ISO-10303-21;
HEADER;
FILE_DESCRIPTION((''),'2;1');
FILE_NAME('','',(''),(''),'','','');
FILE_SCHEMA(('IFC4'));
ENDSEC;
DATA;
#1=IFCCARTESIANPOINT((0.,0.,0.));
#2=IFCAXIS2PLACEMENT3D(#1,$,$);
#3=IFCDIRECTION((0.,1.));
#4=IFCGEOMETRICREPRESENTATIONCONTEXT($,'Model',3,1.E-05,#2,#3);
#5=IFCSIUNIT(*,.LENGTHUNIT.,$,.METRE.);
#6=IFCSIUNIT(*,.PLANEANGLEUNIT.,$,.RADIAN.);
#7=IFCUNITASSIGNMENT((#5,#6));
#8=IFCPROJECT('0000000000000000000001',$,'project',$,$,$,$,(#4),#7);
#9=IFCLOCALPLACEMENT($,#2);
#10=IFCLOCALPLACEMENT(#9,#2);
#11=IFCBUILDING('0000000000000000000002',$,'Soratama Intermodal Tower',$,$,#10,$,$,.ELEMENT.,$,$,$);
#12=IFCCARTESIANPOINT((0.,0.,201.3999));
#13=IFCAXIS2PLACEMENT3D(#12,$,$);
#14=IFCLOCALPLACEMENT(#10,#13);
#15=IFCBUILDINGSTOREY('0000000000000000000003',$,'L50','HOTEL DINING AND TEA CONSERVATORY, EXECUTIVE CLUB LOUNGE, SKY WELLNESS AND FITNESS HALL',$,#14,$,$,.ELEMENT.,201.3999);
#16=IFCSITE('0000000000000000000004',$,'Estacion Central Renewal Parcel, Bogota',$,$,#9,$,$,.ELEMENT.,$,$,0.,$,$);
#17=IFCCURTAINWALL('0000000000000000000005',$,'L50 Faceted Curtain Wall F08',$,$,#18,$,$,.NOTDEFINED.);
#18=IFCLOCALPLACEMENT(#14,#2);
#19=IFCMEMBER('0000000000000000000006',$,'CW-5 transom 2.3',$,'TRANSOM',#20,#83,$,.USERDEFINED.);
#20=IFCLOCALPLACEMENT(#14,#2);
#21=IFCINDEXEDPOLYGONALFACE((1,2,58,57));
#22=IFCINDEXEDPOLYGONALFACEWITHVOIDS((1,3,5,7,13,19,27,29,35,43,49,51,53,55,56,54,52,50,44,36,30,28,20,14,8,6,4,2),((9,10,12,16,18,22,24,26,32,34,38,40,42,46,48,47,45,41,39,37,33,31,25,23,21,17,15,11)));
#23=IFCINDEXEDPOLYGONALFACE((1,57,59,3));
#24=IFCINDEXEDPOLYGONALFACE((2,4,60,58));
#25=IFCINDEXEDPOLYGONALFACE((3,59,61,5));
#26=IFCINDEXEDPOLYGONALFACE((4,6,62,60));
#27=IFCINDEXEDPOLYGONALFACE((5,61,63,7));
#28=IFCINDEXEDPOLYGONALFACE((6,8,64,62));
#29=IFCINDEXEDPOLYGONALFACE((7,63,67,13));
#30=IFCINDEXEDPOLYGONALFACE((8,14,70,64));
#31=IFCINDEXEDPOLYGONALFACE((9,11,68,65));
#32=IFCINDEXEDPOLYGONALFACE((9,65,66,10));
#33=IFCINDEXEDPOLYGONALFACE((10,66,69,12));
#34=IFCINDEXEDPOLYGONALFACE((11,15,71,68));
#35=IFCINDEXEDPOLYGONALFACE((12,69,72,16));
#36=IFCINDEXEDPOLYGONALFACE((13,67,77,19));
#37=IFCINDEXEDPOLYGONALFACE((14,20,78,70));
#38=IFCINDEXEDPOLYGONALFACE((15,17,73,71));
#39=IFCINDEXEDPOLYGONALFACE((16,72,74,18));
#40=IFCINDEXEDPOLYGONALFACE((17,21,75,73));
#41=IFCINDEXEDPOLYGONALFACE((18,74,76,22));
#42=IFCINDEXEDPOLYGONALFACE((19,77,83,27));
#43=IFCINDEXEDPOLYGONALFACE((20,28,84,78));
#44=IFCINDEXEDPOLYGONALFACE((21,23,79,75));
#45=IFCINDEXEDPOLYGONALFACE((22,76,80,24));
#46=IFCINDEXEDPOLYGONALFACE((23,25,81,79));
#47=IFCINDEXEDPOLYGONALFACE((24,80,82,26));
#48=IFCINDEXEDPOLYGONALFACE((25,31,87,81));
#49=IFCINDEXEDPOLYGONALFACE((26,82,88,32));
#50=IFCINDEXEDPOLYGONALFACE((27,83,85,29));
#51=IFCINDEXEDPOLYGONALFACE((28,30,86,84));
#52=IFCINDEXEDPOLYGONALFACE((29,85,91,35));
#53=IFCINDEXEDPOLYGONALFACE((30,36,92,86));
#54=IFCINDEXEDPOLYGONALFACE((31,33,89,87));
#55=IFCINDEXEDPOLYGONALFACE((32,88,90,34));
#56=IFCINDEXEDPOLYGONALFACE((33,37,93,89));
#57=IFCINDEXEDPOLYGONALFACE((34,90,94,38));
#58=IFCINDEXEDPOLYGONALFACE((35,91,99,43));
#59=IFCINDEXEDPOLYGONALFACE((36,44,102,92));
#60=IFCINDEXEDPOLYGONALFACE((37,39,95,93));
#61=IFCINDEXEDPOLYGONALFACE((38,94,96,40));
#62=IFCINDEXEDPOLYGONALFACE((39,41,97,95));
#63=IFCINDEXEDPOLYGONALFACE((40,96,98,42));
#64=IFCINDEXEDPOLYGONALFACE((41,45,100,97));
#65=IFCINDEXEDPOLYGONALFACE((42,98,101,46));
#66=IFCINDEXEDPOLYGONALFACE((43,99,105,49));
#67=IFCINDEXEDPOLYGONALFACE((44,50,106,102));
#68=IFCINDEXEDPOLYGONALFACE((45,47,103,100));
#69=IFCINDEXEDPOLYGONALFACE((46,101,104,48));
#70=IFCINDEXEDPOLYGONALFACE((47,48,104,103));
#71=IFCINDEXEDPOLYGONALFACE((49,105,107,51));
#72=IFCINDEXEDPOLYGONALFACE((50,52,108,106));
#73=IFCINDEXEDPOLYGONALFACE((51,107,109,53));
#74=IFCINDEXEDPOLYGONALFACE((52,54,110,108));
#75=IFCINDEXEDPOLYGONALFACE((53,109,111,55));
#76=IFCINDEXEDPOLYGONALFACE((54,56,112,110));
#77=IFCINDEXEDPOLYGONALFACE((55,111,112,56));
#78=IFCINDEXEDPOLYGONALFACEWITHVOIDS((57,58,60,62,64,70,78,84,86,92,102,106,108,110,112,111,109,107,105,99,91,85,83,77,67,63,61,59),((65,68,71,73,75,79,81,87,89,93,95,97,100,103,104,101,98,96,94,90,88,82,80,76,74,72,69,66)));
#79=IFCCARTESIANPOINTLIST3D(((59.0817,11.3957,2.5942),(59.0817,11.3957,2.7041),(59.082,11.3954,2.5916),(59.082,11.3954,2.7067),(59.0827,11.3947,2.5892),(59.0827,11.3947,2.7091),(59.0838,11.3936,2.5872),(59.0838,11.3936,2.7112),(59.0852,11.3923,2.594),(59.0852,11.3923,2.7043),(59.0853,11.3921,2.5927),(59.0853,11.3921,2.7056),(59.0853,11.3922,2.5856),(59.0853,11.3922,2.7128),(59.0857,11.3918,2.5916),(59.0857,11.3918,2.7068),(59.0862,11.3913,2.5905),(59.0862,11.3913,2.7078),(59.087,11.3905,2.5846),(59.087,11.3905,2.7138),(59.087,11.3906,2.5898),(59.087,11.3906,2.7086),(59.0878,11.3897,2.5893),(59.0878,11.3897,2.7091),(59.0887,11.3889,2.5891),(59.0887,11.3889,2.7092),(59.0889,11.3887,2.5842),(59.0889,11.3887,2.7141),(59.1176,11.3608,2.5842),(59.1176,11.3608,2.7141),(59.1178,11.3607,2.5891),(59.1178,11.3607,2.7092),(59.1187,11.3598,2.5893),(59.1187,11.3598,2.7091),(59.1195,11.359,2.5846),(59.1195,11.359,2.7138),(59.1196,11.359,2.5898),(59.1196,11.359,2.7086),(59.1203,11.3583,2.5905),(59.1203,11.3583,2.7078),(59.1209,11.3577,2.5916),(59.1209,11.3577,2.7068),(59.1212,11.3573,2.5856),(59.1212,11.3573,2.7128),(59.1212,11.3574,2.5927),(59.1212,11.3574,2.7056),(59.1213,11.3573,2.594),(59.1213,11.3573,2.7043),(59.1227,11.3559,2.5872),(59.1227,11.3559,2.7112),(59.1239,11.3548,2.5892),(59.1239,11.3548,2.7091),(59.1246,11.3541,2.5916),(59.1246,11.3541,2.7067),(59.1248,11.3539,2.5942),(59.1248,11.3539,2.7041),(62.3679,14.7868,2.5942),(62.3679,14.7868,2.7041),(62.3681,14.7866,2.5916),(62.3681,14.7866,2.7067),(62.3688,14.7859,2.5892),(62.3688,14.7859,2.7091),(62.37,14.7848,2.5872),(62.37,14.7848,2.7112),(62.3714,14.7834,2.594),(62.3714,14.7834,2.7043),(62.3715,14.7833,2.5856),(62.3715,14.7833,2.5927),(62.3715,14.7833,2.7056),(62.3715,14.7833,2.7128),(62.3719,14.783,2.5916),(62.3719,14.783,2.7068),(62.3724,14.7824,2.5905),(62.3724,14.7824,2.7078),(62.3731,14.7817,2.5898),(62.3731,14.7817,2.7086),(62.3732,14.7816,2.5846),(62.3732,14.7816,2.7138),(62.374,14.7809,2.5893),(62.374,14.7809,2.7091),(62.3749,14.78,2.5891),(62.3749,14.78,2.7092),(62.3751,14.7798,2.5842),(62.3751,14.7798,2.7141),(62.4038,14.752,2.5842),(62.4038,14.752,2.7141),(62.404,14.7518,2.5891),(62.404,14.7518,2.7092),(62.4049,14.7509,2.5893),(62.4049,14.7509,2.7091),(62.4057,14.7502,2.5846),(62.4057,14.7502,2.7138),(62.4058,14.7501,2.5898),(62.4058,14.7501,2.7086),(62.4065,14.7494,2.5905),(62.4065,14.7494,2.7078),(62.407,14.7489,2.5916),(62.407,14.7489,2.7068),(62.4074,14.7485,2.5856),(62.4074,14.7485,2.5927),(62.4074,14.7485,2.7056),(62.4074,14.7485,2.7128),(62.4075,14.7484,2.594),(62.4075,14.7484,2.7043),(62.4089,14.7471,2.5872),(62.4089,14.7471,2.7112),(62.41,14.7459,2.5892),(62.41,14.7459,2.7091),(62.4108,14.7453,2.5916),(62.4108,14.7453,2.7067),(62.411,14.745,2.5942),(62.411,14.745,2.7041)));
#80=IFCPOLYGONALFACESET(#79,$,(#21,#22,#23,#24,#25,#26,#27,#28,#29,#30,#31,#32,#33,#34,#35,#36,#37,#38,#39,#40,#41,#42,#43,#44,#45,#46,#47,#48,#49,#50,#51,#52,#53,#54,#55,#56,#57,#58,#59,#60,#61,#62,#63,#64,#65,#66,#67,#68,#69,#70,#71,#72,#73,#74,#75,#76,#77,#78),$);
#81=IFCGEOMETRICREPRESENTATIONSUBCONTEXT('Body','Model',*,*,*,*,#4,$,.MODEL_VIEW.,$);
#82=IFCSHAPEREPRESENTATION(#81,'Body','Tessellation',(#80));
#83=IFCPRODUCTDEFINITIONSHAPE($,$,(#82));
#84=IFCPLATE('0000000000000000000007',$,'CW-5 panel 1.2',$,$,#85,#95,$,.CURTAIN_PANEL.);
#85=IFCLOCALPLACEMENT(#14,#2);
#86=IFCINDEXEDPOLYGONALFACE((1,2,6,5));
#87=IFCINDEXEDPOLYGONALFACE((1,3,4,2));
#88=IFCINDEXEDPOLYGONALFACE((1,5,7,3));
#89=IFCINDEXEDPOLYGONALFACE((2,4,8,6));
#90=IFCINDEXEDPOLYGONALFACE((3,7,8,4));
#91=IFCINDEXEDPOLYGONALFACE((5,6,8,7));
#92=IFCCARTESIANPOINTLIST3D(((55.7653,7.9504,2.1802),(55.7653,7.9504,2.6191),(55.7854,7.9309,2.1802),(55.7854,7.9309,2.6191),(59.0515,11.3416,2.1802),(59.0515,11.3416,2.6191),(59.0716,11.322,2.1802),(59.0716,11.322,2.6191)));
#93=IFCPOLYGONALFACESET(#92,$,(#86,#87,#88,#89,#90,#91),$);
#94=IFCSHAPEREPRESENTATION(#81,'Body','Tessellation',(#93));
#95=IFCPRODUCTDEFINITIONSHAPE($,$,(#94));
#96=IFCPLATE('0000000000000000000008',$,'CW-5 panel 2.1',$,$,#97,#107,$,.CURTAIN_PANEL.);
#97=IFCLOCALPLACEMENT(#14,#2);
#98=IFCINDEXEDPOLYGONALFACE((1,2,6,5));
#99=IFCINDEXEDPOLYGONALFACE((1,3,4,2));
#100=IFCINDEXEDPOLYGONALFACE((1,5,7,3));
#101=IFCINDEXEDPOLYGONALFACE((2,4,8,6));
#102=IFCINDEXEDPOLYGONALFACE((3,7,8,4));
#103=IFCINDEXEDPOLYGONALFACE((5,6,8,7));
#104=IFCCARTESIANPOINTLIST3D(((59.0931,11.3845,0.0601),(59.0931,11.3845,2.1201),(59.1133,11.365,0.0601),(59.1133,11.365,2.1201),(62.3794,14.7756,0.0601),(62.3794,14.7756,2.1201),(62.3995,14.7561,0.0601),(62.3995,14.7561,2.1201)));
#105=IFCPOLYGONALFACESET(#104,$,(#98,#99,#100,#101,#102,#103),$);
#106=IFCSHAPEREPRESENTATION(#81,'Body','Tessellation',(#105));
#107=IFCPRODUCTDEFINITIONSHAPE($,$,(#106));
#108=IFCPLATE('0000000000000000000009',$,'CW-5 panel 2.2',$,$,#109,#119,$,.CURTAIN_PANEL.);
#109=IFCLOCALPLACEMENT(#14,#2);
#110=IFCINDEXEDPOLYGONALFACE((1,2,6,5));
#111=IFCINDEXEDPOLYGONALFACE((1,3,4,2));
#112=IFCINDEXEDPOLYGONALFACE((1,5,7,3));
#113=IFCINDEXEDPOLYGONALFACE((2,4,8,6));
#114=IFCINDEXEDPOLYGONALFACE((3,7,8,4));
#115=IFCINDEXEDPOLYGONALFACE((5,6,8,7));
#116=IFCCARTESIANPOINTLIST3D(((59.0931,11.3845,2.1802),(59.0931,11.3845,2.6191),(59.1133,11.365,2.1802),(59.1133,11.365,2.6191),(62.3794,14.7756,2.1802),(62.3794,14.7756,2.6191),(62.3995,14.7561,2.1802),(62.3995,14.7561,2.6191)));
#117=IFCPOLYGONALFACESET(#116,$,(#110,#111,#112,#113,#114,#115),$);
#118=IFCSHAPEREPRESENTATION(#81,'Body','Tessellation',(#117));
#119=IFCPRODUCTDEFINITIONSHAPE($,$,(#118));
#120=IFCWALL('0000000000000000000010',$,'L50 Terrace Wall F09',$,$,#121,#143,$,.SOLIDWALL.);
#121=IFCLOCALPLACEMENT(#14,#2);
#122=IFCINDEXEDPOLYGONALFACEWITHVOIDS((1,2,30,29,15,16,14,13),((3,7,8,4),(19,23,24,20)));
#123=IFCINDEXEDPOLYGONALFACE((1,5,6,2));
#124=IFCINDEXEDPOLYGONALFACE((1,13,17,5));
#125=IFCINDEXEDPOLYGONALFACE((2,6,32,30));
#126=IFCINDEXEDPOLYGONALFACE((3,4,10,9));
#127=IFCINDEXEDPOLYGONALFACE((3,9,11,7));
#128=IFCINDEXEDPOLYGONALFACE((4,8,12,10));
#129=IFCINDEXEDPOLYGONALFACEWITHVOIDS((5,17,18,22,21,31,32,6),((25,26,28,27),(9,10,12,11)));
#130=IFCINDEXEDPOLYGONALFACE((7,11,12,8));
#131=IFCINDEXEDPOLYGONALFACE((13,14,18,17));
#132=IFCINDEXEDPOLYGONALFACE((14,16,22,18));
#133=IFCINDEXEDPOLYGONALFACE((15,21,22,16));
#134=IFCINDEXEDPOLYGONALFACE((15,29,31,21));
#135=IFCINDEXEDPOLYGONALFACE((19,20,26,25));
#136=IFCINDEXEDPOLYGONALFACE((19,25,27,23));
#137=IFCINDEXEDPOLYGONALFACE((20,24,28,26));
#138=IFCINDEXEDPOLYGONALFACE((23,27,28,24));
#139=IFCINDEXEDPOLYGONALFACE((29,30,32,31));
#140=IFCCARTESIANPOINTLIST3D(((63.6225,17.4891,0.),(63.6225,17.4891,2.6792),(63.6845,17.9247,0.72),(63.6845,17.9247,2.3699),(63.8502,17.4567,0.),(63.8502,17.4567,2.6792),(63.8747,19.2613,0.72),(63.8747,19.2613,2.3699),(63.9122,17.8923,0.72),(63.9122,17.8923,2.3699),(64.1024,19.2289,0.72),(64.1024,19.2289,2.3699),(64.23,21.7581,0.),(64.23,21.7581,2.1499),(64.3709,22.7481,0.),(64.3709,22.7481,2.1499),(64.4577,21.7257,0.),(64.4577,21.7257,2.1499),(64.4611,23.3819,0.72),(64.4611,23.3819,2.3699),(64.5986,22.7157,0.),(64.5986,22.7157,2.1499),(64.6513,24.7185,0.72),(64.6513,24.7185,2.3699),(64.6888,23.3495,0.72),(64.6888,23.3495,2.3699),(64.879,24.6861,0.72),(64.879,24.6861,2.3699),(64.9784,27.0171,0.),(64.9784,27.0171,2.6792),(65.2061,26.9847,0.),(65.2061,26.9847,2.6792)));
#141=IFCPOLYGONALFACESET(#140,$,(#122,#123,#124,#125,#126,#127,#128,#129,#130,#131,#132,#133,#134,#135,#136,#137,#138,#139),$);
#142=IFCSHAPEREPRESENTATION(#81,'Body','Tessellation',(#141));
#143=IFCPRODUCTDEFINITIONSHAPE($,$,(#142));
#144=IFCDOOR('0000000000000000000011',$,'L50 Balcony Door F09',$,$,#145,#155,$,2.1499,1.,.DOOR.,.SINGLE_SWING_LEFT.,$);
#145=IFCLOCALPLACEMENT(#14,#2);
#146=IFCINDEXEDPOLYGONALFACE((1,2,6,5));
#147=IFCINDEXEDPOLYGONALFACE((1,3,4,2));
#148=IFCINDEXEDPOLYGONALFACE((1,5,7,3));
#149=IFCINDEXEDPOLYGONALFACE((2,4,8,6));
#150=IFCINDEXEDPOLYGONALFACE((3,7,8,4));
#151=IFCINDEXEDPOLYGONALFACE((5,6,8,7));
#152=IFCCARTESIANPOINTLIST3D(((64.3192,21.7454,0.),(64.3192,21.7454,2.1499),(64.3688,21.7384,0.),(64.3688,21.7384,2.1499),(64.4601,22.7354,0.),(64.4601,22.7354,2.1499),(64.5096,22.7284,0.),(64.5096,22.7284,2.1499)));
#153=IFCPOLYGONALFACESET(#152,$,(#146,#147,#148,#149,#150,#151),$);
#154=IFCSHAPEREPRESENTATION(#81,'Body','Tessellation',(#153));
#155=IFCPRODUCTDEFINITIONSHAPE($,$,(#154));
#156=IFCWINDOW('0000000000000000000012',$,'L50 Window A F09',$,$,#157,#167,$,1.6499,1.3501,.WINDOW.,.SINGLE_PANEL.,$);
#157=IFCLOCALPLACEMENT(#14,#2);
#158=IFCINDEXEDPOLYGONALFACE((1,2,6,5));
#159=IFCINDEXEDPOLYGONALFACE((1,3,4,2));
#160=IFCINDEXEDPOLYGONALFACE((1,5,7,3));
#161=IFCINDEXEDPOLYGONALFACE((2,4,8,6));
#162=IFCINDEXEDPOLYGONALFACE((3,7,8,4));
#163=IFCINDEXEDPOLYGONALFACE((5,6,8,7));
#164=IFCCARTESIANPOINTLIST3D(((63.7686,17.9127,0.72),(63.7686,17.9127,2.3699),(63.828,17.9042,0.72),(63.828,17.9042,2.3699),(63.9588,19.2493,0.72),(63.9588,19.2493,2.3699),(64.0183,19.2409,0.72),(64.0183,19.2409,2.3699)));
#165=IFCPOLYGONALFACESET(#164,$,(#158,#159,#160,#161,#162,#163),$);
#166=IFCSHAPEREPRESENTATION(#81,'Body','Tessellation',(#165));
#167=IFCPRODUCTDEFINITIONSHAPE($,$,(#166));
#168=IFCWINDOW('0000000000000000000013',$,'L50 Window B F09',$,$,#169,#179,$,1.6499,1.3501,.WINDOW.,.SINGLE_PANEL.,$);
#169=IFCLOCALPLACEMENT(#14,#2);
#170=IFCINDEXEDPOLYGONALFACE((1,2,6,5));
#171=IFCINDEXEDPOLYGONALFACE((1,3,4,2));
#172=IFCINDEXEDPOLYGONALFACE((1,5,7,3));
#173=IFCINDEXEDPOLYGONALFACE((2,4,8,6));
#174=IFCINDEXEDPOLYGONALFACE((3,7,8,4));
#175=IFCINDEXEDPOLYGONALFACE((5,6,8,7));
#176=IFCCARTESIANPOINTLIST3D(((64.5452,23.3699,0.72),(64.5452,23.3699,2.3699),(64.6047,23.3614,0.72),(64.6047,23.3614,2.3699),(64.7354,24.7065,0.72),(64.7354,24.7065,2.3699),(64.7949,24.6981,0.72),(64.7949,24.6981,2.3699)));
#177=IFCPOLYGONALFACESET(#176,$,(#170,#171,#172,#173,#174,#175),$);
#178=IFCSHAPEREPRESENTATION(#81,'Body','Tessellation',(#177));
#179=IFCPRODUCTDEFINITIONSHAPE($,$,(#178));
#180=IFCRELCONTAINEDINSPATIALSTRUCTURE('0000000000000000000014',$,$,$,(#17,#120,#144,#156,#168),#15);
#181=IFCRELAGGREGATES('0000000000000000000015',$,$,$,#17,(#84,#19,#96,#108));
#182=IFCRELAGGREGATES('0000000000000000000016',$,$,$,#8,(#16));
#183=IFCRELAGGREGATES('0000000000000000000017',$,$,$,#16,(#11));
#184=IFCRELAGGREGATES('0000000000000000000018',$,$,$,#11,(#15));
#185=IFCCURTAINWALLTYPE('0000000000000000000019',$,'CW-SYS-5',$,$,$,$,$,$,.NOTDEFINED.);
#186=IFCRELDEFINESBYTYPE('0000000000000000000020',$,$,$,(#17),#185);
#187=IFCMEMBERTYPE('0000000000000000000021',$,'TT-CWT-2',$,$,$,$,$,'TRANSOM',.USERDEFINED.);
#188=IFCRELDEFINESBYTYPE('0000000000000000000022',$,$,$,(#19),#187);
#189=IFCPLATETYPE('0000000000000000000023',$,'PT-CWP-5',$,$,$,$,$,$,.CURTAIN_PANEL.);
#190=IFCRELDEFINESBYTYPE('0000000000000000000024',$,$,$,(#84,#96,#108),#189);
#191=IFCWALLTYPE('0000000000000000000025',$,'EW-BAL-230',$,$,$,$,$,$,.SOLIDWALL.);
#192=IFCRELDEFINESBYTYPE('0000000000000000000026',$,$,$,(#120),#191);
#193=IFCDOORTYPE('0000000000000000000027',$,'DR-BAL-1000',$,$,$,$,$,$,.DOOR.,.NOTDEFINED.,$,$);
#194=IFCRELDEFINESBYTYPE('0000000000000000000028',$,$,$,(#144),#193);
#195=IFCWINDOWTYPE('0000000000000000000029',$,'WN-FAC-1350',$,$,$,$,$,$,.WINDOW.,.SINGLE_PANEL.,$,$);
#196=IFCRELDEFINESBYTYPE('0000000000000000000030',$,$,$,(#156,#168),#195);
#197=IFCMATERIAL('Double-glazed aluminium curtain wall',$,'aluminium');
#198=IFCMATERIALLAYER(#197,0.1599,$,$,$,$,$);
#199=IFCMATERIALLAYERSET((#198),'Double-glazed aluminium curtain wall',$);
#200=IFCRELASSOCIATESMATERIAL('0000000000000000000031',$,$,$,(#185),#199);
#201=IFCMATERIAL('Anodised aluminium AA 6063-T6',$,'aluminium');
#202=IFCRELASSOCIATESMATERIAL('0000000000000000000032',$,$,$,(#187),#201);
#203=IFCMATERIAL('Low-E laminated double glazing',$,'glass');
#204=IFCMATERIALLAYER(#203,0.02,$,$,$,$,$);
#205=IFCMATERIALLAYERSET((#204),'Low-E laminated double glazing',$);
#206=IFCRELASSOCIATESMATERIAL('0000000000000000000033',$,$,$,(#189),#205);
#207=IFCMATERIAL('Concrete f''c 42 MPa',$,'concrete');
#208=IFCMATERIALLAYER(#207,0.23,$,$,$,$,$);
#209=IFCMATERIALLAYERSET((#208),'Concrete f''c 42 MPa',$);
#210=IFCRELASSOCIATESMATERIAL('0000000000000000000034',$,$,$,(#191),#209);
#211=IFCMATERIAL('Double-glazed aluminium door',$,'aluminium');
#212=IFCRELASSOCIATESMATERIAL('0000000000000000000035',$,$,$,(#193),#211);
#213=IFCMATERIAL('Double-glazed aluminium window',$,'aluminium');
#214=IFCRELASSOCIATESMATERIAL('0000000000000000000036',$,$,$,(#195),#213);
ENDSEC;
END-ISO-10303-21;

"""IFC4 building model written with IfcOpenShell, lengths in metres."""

from ifc_helpers import new_model, si_unit, direction, frame, frame_2d, origin, origin_2d, place, context, subcontext, project, spatial, rectangle, hollow_rectangle, extrude, material, layer, layer_set, material_profile, profile_set, type_object, element, fill, aggregate, save


model = new_model("IFC4")

# Units and contexts
model_context = context("Model", 3, precision=1e-05, world=origin(), true_north=direction((0.0, 1.0)))
body_context = subcontext(model_context, "Body", "Model", "MODEL_VIEW")
ifc_project = project(units=[si_unit("LENGTHUNIT", "METRE"), si_unit("PLANEANGLEUNIT", "RADIAN")], contexts=[model_context])

# Site, building, storey
site_placement = place(None, origin())
site = spatial("IfcSite", under=ifc_project, at=site_placement, Name="Estacion Central Renewal Parcel, Bogota", CompositionType="ELEMENT", RefElevation=0.0)
building_placement = place(site_placement, origin())
building = spatial("IfcBuilding", under=site, at=building_placement, Name="Soratama Intermodal Tower", CompositionType="ELEMENT")
storey_placement = place(building_placement, frame((0.0, 0.0, 201.3999)))
storey = spatial("IfcBuildingStorey", under=building, at=storey_placement, Name="L50", Description="HOTEL DINING AND TEA CONSERVATORY, EXECUTIVE CLUB LOUNGE, SKY WELLNESS AND FITNESS HALL", CompositionType="ELEMENT", Elevation=201.3999)

# Curtain wall, member, plates
ifc_material_1 = material(Name="Double-glazed aluminium curtain wall", Category="aluminium")
ifc_layer_1 = layer(ifc_material_1, 0.1599)
ifc_layer_set_1 = layer_set([ifc_layer_1], Name="Double-glazed aluminium curtain wall")
curtain_wall_type = type_object("IfcCurtainWallType", Name="CW-SYS-5", PredefinedType="NOTDEFINED", material=ifc_layer_set_1)
curtain_wall_placement = place(storey_placement, origin())
curtain_wall = element("IfcCurtainWall", 1, at=curtain_wall_placement, inside=storey, type_object=curtain_wall_type, Name="L50 Faceted Curtain Wall F08", PredefinedType="NOTDEFINED")
ifc_material_2 = material(Name="Anodised aluminium AA 6063-T6", Category="aluminium")
ifc_material_profile_1 = material_profile(ifc_material_2, hollow_rectangle(XDim=0.0601, YDim=0.1299, WallThickness=0.0049, InnerFilletRadius=0.0049, OuterFilletRadius=0.01, at=origin_2d()), Name="CWT130X60X5")
ifc_profile_set_1 = profile_set([ifc_material_profile_1], Name="Anodised aluminium AA 6063-T6")
member_type_1 = type_object("IfcMemberType", Name="TT-CWT-2", ElementType="TRANSOM", PredefinedType="USERDEFINED", material=ifc_profile_set_1)
member_1_placement = place(storey_placement, frame((59.1033, 11.3748, 2.6492), z_axis=(0.695904, 0.718135, 0.0), x_axis=(-0.718135, 0.695904, 0.0)))
member_1 = element("IfcMember", 2, at=member_1_placement, type_object=member_type_1, Name="CW-5 transom 2.3", ObjectType="TRANSOM", PredefinedType="USERDEFINED", context=body_context, shape_type="SweptSolid", body=[
    extrude(hollow_rectangle(XDim=0.0601, YDim=0.1299, WallThickness=0.0049, InnerFilletRadius=0.0049, OuterFilletRadius=0.01, at=origin_2d()), origin(), (0.0, 0.0, 1.0), 4.7222),
])
ifc_material_3 = material(Name="Low-E laminated double glazing", Category="glass")
ifc_layer_2 = layer(ifc_material_3, 0.02)
ifc_layer_set_2 = layer_set([ifc_layer_2], Name="Low-E laminated double glazing")
plate_type = type_object("IfcPlateType", Name="PT-CWP-5", PredefinedType="CURTAIN_PANEL", material=ifc_layer_set_2)
plate_1_placement = place(storey_placement, frame((57.4185, 9.6362, 2.1802), z_axis=(0.0, 0.0, 1.0), x_axis=(0.695912, 0.718127, 0.0)))
plate_1 = element("IfcPlate", 3, at=plate_1_placement, type_object=plate_type, Name="CW-5 panel 1.2", PredefinedType="CURTAIN_PANEL", context=body_context, shape_type="SweptSolid", body=[
    extrude(rectangle(XDim=4.7222, YDim=0.0281, at=origin_2d()), origin(), (0.0, 0.0, 1.0), 0.439),
])
plate_2_placement = place(storey_placement, frame((60.7463, 13.0703, 0.0601), z_axis=(0.0, 0.0, 1.0), x_axis=(0.695912, 0.718127, 0.0)))
plate_2 = element("IfcPlate", 4, at=plate_2_placement, type_object=plate_type, Name="CW-5 panel 2.1", PredefinedType="CURTAIN_PANEL", context=body_context, shape_type="SweptSolid", body=[
    extrude(rectangle(XDim=4.7222, YDim=0.0281, at=origin_2d()), origin(), (0.0, 0.0, 1.0), 2.0601),
])
plate_3_placement = place(storey_placement, frame((60.7463, 13.0703, 2.1802), z_axis=(0.0, 0.0, 1.0), x_axis=(0.695912, 0.718127, 0.0)))
plate_3 = element("IfcPlate", 5, at=plate_3_placement, type_object=plate_type, Name="CW-5 panel 2.2", PredefinedType="CURTAIN_PANEL", context=body_context, shape_type="SweptSolid", body=[
    extrude(rectangle(XDim=4.7222, YDim=0.0281, at=origin_2d()), origin(), (0.0, 0.0, 1.0), 0.439),
])
aggregate(curtain_wall, [plate_1, member_1, plate_2, plate_3])

# Wall, openings, door, windows
ifc_material_4 = material(Name="Concrete f'c 42 MPa", Category="concrete")
ifc_layer_3 = layer(ifc_material_4, 0.23)
ifc_layer_set_3 = layer_set([ifc_layer_3], Name="Concrete f'c 42 MPa")
wall_type_1 = type_object("IfcWallType", Name="EW-BAL-230", PredefinedType="SOLIDWALL", material=ifc_layer_set_3)
wall_1_placement = place(storey_placement, frame((63.7363, 17.4729, 0.0), z_axis=(0.0, 0.0, 1.0), x_axis=(0.140892, 0.990025, 0.0)))
wall_1 = element("IfcWall", 6, at=wall_1_placement, inside=storey, type_object=wall_type_1, Name="L50 Terrace Wall F09", PredefinedType="SOLIDWALL", context=body_context, shape_type="SweptSolid", body=[
    extrude(rectangle(XDim=9.624, YDim=0.23, at=frame_2d((4.812, 0.0))), origin(), (0.0, 0.0, 1.0), 2.6792),
])
opening_1_placement = place(wall_1_placement, frame((4.312, 0.0, 0.0)))
opening_1 = element("IfcOpeningElement", 7, at=opening_1_placement, cuts=wall_1, PredefinedType="OPENING", context=body_context, shape_type="SweptSolid", body=[
    extrude(rectangle(XDim=1.0, YDim=2.1499, at=frame_2d((0.5, 1.075))), frame((0.0, 0.125, 0.0), z_axis=(0.0, -1.0, 0.0), x_axis=(1.0, 0.0, 0.0)), (0.0, 0.0, 1.0), 0.25),
])
opening_2_placement = place(wall_1_placement, frame((0.4399, 0.0, 0.72)))
opening_2 = element("IfcOpeningElement", 8, at=opening_2_placement, cuts=wall_1, PredefinedType="OPENING", context=body_context, shape_type="SweptSolid", body=[
    extrude(rectangle(XDim=1.3501, YDim=1.6499, at=frame_2d((0.675, 0.825))), frame((0.0, 0.125, 0.0), z_axis=(0.0, -1.0, 0.0), x_axis=(1.0, 0.0, 0.0)), (0.0, 0.0, 1.0), 0.25),
])
opening_3_placement = place(wall_1_placement, frame((5.9521, 0.0, 0.72)))
opening_3 = element("IfcOpeningElement", 9, at=opening_3_placement, cuts=wall_1, PredefinedType="OPENING", context=body_context, shape_type="SweptSolid", body=[
    extrude(rectangle(XDim=1.3501, YDim=1.6499, at=frame_2d((0.675, 0.825))), frame((0.0, 0.125, 0.0), z_axis=(0.0, -1.0, 0.0), x_axis=(1.0, 0.0, 0.0)), (0.0, 0.0, 1.0), 0.25),
])
ifc_material_5 = material(Name="Double-glazed aluminium door", Category="aluminium")
door_type = type_object("IfcDoorType", Name="DR-BAL-1000", OperationType="NOTDEFINED", PredefinedType="DOOR", material=ifc_material_5)
door_placement = place(opening_1_placement, origin())
door = element("IfcDoor", 10, at=door_placement, inside=storey, type_object=door_type, Name="L50 Balcony Door F09", OperationType="SINGLE_SWING_LEFT", OverallHeight=2.1499, OverallWidth=1.0, PredefinedType="DOOR", context=body_context, shape_type="SweptSolid", body=[
    extrude(rectangle(XDim=1.0, YDim=2.1499, at=frame_2d((0.5, 1.075))), frame((0.0, 0.0249, 0.0), z_axis=(0.0, -1.0, 0.0), x_axis=(1.0, 0.0, 0.0)), (0.0, 0.0, 1.0), 0.05),
])
fill(opening_1, door)
ifc_material_6 = material(Name="Double-glazed aluminium window", Category="aluminium")
window_type_1 = type_object("IfcWindowType", Name="WN-FAC-1350", PartitioningType="SINGLE_PANEL", PredefinedType="WINDOW", material=ifc_material_6)
window_1_placement = place(opening_2_placement, origin())
window_1 = element("IfcWindow", 11, at=window_1_placement, inside=storey, type_object=window_type_1, Name="L50 Window A F09", OverallHeight=1.6499, OverallWidth=1.3501, PartitioningType="SINGLE_PANEL", PredefinedType="WINDOW", context=body_context, shape_type="SweptSolid", body=[
    extrude(rectangle(XDim=1.3501, YDim=1.6499, at=frame_2d((0.675, 0.825))), frame((0.0, 0.03, 0.0), z_axis=(0.0, -1.0, 0.0), x_axis=(1.0, 0.0, 0.0)), (0.0, 0.0, 1.0), 0.0601),
])
fill(opening_2, window_1)
window_2_placement = place(opening_3_placement, origin())
window_2 = element("IfcWindow", 12, at=window_2_placement, inside=storey, type_object=window_type_1, Name="L50 Window B F09", OverallHeight=1.6499, OverallWidth=1.3501, PartitioningType="SINGLE_PANEL", PredefinedType="WINDOW", context=body_context, shape_type="SweptSolid", body=[
    extrude(rectangle(XDim=1.3501, YDim=1.6499, at=frame_2d((0.675, 0.825))), frame((0.0, 0.03, 0.0), z_axis=(0.0, -1.0, 0.0), x_axis=(1.0, 0.0, 0.0)), (0.0, 0.0, 1.0), 0.0601),
])
fill(opening_3, window_2)

save(model, "model.ifc")
